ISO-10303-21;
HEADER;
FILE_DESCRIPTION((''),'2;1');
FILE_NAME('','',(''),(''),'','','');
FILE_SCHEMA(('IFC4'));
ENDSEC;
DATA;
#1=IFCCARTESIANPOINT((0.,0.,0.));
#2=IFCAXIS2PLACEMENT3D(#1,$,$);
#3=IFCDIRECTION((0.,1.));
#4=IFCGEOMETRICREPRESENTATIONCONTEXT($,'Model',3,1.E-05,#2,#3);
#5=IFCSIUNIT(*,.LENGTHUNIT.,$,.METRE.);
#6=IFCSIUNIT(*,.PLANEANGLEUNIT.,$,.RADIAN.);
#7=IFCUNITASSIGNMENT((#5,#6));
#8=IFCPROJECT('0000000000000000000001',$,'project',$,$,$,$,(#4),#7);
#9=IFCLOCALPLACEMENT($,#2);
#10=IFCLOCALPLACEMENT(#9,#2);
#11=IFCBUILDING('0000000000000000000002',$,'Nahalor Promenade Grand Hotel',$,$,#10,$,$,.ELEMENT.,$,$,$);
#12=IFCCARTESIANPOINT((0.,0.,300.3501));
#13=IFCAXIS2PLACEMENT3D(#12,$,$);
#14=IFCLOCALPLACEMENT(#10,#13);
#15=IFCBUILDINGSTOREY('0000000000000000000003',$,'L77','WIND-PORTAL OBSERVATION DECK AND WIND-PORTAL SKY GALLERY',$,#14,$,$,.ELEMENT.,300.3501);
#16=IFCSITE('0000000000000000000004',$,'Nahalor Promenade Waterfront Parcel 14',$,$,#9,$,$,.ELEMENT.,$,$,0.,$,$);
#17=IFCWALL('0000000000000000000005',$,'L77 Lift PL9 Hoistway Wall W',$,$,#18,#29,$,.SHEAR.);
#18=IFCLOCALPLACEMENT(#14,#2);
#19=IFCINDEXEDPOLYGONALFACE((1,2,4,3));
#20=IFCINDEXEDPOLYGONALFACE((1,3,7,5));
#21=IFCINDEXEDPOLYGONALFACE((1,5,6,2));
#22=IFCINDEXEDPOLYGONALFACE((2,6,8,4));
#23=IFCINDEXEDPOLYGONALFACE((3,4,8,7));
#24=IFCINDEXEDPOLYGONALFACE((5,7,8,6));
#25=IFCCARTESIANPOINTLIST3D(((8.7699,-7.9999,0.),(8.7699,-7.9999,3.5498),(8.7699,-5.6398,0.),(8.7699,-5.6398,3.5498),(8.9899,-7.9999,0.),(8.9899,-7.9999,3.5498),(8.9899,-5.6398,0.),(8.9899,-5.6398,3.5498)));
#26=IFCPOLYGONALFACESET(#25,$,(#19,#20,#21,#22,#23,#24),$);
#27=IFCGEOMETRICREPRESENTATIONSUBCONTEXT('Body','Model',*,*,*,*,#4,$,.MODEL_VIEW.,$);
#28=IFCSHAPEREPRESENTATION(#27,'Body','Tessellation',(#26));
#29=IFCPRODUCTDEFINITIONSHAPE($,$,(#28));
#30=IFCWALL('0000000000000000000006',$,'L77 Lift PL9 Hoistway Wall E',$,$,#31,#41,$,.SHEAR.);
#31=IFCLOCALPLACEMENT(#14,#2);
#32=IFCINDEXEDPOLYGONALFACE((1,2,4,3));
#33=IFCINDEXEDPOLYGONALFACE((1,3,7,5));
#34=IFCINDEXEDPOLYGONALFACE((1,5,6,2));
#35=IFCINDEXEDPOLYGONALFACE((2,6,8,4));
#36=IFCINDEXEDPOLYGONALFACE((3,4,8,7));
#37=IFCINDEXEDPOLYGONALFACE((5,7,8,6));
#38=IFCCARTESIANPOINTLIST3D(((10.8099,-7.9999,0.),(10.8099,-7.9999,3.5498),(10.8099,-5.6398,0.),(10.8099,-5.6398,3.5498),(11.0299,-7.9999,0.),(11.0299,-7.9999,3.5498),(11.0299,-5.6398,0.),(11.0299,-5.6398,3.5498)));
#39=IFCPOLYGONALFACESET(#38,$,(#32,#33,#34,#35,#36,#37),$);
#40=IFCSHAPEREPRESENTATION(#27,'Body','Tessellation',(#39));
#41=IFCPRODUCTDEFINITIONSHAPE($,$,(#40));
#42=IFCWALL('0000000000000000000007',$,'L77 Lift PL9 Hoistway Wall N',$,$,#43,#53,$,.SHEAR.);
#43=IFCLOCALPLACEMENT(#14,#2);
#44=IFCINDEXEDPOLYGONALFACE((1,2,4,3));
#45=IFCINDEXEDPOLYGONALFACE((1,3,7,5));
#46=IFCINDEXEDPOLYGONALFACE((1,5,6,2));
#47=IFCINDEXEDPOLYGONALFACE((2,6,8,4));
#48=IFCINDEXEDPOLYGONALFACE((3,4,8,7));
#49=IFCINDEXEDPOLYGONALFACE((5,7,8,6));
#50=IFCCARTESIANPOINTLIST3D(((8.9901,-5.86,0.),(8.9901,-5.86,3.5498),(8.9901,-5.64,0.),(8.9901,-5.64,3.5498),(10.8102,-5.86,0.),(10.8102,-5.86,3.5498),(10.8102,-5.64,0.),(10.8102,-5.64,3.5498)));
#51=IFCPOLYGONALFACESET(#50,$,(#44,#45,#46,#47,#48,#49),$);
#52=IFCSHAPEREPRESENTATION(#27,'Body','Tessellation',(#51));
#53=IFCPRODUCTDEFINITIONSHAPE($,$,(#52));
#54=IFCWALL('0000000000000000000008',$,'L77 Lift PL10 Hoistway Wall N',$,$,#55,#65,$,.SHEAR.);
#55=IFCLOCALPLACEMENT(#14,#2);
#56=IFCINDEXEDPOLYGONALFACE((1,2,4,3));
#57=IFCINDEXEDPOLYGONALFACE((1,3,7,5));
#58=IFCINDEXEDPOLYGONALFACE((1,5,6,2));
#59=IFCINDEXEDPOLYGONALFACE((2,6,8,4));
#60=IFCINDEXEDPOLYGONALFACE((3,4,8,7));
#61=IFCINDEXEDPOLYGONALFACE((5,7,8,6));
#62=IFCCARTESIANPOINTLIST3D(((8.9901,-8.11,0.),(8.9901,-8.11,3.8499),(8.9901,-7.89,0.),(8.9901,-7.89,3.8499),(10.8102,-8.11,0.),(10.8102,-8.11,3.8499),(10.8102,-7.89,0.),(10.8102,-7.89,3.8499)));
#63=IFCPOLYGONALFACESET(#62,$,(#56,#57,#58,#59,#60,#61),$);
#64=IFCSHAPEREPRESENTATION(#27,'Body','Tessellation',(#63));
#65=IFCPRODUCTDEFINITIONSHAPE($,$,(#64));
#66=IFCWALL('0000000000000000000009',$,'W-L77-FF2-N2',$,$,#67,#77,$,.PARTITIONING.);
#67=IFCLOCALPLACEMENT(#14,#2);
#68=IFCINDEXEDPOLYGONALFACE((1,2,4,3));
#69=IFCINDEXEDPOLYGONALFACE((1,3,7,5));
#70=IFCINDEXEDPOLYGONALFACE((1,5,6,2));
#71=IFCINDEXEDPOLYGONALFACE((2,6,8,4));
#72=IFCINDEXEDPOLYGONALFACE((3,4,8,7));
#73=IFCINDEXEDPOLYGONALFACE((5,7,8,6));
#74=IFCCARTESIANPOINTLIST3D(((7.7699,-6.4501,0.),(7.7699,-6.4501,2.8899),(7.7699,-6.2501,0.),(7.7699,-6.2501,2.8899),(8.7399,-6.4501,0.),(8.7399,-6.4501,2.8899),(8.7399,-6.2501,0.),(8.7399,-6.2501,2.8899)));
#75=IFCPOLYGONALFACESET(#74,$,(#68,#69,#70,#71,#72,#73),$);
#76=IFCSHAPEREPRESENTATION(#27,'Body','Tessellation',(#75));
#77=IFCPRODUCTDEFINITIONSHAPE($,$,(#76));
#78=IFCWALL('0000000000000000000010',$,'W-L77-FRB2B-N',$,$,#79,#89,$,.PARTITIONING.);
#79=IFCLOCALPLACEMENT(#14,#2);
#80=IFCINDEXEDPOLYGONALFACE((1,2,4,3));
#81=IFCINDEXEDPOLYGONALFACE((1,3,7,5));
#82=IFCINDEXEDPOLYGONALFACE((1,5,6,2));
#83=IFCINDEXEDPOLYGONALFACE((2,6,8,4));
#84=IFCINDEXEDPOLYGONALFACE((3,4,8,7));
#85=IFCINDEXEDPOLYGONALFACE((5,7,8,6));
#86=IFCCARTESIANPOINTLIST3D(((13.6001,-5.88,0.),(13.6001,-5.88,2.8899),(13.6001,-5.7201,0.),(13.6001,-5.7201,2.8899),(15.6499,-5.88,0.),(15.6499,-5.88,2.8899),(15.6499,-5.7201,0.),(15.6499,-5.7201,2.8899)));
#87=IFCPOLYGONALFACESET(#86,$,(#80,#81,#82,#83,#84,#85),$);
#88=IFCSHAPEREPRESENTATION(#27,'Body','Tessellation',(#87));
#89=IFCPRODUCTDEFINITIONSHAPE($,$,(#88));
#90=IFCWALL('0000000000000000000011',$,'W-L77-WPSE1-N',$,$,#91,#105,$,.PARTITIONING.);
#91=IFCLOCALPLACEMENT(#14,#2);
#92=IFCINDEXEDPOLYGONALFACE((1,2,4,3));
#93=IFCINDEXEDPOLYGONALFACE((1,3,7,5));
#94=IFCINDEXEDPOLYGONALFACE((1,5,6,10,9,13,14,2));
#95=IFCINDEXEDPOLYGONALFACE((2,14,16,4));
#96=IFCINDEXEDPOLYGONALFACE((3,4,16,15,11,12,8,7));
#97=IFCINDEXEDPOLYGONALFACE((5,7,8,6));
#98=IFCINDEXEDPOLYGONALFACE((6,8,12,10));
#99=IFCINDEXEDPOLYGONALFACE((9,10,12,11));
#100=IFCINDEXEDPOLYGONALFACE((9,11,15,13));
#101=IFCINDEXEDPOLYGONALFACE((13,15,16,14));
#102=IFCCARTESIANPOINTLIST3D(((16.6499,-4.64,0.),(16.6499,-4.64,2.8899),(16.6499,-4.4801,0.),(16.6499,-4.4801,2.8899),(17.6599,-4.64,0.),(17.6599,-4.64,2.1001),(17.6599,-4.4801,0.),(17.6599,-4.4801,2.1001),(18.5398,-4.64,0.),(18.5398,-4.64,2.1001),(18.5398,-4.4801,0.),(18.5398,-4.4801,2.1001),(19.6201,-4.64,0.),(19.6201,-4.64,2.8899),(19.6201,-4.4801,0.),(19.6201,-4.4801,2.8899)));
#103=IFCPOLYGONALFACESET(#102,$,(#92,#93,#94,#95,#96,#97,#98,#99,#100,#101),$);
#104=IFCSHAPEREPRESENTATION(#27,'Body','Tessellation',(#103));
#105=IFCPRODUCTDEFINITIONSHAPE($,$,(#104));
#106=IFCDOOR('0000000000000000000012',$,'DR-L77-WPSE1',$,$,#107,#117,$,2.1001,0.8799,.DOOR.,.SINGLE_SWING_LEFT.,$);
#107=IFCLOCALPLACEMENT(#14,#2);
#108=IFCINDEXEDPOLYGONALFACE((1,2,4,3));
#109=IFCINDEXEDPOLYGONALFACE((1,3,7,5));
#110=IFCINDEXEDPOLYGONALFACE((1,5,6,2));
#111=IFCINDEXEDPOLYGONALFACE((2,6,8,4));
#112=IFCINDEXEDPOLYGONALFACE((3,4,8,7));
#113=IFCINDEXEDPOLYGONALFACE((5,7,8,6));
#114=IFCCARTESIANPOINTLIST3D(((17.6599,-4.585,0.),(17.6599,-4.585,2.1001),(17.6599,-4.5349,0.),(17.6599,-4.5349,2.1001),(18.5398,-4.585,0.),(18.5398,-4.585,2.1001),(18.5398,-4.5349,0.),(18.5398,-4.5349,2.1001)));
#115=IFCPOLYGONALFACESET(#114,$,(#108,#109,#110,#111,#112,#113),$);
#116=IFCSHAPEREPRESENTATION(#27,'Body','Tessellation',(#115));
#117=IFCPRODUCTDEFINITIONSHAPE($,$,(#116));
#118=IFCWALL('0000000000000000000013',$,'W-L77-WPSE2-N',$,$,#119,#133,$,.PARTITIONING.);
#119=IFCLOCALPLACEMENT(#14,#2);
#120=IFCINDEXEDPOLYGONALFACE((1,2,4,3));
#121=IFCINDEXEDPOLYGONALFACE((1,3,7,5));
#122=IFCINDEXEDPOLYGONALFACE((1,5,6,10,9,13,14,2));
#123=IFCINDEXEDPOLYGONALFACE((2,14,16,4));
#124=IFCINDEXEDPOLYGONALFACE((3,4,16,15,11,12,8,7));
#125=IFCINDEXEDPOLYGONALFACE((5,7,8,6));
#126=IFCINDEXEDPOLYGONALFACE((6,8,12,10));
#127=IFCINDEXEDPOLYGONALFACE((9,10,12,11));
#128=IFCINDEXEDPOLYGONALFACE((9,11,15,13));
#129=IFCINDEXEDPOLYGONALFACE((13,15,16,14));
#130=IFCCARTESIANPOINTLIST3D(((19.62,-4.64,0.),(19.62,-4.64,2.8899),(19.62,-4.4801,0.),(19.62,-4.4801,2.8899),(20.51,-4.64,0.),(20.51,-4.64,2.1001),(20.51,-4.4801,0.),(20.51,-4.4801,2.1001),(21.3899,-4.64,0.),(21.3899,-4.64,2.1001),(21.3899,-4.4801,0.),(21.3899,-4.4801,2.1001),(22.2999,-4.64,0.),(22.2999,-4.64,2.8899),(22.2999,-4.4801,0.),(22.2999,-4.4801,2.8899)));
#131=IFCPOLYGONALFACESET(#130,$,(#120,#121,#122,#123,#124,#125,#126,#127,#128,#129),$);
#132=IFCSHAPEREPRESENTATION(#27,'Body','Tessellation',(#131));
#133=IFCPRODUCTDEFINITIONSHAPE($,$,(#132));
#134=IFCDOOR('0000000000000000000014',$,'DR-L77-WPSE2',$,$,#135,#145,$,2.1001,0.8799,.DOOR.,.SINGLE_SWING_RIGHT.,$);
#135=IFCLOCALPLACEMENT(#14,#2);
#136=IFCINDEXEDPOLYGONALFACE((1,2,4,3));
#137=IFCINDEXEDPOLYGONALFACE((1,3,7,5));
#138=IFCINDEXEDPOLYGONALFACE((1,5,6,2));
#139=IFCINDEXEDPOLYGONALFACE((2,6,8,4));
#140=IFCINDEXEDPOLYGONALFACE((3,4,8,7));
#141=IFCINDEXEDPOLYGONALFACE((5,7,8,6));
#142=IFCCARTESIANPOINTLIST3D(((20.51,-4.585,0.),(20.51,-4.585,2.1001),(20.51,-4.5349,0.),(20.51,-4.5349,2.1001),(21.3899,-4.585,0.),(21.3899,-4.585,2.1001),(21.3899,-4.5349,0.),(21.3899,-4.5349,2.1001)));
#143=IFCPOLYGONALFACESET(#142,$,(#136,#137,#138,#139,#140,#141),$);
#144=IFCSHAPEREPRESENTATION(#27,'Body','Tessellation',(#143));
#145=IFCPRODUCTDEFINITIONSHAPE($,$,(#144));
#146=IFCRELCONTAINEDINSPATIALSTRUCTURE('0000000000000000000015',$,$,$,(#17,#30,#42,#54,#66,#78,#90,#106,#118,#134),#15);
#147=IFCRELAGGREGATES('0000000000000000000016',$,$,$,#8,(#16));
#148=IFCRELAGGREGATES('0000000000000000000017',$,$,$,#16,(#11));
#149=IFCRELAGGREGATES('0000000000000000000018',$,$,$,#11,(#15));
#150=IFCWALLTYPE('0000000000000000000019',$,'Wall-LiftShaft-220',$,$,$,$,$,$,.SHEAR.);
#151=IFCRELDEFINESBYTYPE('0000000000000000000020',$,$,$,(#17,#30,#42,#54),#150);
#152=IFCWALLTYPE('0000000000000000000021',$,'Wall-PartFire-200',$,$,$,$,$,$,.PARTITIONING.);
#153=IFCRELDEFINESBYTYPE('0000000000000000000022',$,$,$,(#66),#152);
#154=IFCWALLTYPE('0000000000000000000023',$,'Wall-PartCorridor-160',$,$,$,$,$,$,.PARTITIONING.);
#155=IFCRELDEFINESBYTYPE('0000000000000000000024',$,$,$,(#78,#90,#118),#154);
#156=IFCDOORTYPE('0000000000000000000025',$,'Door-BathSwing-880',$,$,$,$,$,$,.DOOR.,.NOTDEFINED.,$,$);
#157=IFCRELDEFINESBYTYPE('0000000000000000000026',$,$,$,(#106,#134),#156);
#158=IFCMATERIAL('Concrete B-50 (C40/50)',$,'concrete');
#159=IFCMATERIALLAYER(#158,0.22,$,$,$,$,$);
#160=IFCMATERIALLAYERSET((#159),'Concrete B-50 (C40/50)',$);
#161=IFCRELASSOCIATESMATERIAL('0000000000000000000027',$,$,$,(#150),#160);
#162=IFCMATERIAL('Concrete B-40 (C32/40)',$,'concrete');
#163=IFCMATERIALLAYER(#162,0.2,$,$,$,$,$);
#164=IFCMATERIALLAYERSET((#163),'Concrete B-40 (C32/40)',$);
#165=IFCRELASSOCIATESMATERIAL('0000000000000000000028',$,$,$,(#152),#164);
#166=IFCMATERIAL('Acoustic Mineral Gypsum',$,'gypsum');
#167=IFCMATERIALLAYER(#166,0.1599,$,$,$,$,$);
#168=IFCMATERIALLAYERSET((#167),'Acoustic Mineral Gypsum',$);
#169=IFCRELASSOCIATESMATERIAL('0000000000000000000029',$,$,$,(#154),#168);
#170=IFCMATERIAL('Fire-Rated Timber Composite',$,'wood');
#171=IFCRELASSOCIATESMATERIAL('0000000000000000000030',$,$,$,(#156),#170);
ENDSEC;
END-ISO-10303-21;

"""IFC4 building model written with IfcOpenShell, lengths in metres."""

from ifc_helpers import new_model, si_unit, direction, frame, frame_2d, origin, place, context, subcontext, project, spatial, rectangle, extrude, source, transform, mapped, material, layer, layer_set, type_object, element, fill, save


model = new_model("IFC4")

# Units and contexts
model_context = context("Model", 3, precision=1e-05, world=origin(), true_north=direction((0.0, 1.0)))
body_context = subcontext(model_context, "Body", "Model", "MODEL_VIEW")
ifc_project = project(units=[si_unit("LENGTHUNIT", "METRE"), si_unit("PLANEANGLEUNIT", "RADIAN")], contexts=[model_context])

# Site, building, storey
site_placement = place(None, origin())
site = spatial("IfcSite", under=ifc_project, at=site_placement, Name="Nahalor Promenade Waterfront Parcel 14", CompositionType="ELEMENT", RefElevation=0.0)
building_placement = place(site_placement, origin())
building = spatial("IfcBuilding", under=site, at=building_placement, Name="Nahalor Promenade Grand Hotel", CompositionType="ELEMENT")
storey_placement = place(building_placement, frame((0.0, 0.0, 300.3501)))
storey = spatial("IfcBuildingStorey", under=building, at=storey_placement, Name="L77", Description="WIND-PORTAL OBSERVATION DECK AND WIND-PORTAL SKY GALLERY", CompositionType="ELEMENT", Elevation=300.3501)

# Walls
ifc_material_1 = material(Name="Concrete B-50 (C40/50)", Category="concrete")
ifc_layer_1 = layer(ifc_material_1, 0.22)
ifc_layer_set_1 = layer_set([ifc_layer_1], Name="Concrete B-50 (C40/50)")
wall_type_1 = type_object("IfcWallType", Name="Wall-LiftShaft-220", PredefinedType="SHEAR", material=ifc_layer_set_1)
shared_shape_1 = source(origin(), body_context, "Body", "SweptSolid", [
    extrude(rectangle(XDim=2.3601, YDim=0.22, at=frame_2d((1.1802, 0.0))), origin(), (0.0, 0.0, 1.0), 3.5498),
])
for number, where, z_axis, x_axis, name in (
    (1, (8.8799, -8.0, 0.0), (0.0, 0.0, 1.0), (0.0, 1.0, 0.0), "L77 Lift PL9 Hoistway Wall W"),
    (2, (10.9199, -8.0, 0.0), (0.0, 0.0, 1.0), (0.0, 1.0, 0.0), "L77 Lift PL9 Hoistway Wall E"),
):
    element("IfcWall", number, at=place(storey_placement, frame(where, z_axis=z_axis, x_axis=x_axis)), inside=storey, type_object=wall_type_1, Name=name, PredefinedType="SHEAR", context=body_context, shape_type="MappedRepresentation", body=[
        mapped(shared_shape_1, transform((0.0, 0.0, 0.0), scale=1.0)),
    ])
shared_shape_2 = source(origin(), body_context, "Body", "SweptSolid", [
    extrude(rectangle(XDim=1.8201, YDim=0.22, at=frame_2d((0.9102, 0.0))), origin(), (0.0, 0.0, 1.0), 3.5498),
])
wall_1_placement = place(storey_placement, frame((8.99, -5.75, 0.0), z_axis=(0.0, 0.0, 1.0), x_axis=(1.0, 0.0, 0.0)))
element("IfcWall", 3, at=wall_1_placement, inside=storey, type_object=wall_type_1, Name="L77 Lift PL9 Hoistway Wall N", PredefinedType="SHEAR", context=body_context, shape_type="MappedRepresentation", body=[
    mapped(shared_shape_2, transform((0.0, 0.0, 0.0), scale=1.0)),
])
shared_shape_3 = source(origin(), body_context, "Body", "SweptSolid", [
    extrude(rectangle(XDim=1.8201, YDim=0.22, at=frame_2d((0.9102, 0.0))), origin(), (0.0, 0.0, 1.0), 3.8499),
])
wall_2_placement = place(storey_placement, frame((8.99, -8.0, 0.0), z_axis=(0.0, 0.0, 1.0), x_axis=(1.0, 0.0, 0.0)))
element("IfcWall", 4, at=wall_2_placement, inside=storey, type_object=wall_type_1, Name="L77 Lift PL10 Hoistway Wall N", PredefinedType="SHEAR", context=body_context, shape_type="MappedRepresentation", body=[
    mapped(shared_shape_3, transform((0.0, 0.0, 0.0), scale=1.0)),
])
ifc_material_2 = material(Name="Concrete B-40 (C32/40)", Category="concrete")
ifc_layer_2 = layer(ifc_material_2, 0.2)
ifc_layer_set_2 = layer_set([ifc_layer_2], Name="Concrete B-40 (C32/40)")
wall_type_2 = type_object("IfcWallType", Name="Wall-PartFire-200", PredefinedType="PARTITIONING", material=ifc_layer_set_2)
shared_shape_4 = source(origin(), body_context, "Body", "SweptSolid", [
    extrude(rectangle(XDim=0.97, YDim=0.2, at=frame_2d((0.4849, 0.0))), origin(), (0.0, 0.0, 1.0), 2.8899),
])
wall_3_placement = place(storey_placement, frame((7.77, -6.3501, 0.0), z_axis=(0.0, 0.0, 1.0), x_axis=(1.0, 0.0, 0.0)))
element("IfcWall", 5, at=wall_3_placement, inside=storey, type_object=wall_type_2, Name="W-L77-FF2-N2", PredefinedType="PARTITIONING", context=body_context, shape_type="MappedRepresentation", body=[
    mapped(shared_shape_4, transform((0.0, 0.0, 0.0), scale=1.0)),
])
ifc_material_3 = material(Name="Acoustic Mineral Gypsum", Category="gypsum")
ifc_layer_3 = layer(ifc_material_3, 0.1599)
ifc_layer_set_3 = layer_set([ifc_layer_3], Name="Acoustic Mineral Gypsum")
wall_type_3 = type_object("IfcWallType", Name="Wall-PartCorridor-160", PredefinedType="PARTITIONING", material=ifc_layer_set_3)
shared_shape_5 = source(origin(), body_context, "Body", "SweptSolid", [
    extrude(rectangle(XDim=2.0498, YDim=0.1599, at=frame_2d((1.0249, 0.0))), origin(), (0.0, 0.0, 1.0), 2.8899),
])
wall_4_placement = place(storey_placement, frame((13.6001, -5.8, 0.0), z_axis=(0.0, 0.0, 1.0), x_axis=(1.0, 0.0, 0.0)))
element("IfcWall", 6, at=wall_4_placement, inside=storey, type_object=wall_type_3, Name="W-L77-FRB2B-N", PredefinedType="PARTITIONING", context=body_context, shape_type="MappedRepresentation", body=[
    mapped(shared_shape_5, transform((0.0, 0.0, 0.0), scale=1.0)),
])

# Walls, openings, doors
shared_shape_6 = source(origin(), body_context, "Body", "SweptSolid", [
    extrude(rectangle(XDim=2.9702, YDim=0.1599, at=frame_2d((1.4851, 0.0))), origin(), (0.0, 0.0, 1.0), 2.8899),
])
wall_5_placement = place(storey_placement, frame((16.6499, -4.5601, 0.0), z_axis=(0.0, 0.0, 1.0), x_axis=(1.0, 0.0, 0.0)))
wall_5 = element("IfcWall", 7, at=wall_5_placement, inside=storey, type_object=wall_type_3, Name="W-L77-WPSE1-N", PredefinedType="PARTITIONING", context=body_context, shape_type="MappedRepresentation", body=[
    mapped(shared_shape_6, transform((0.0, 0.0, 0.0), scale=1.0)),
])
opening_1_placement = place(wall_5_placement, frame((1.01, 0.0, 0.0)))
opening_1 = element("IfcOpeningElement", 8, at=opening_1_placement, cuts=wall_5, PredefinedType="OPENING", context=body_context, shape_type="SweptSolid", body=[
    extrude(rectangle(XDim=0.8799, YDim=2.1001, at=frame_2d((0.4399, 1.05))), frame((0.0, 0.0898, 0.0), z_axis=(0.0, -1.0, 0.0), x_axis=(1.0, 0.0, 0.0)), (0.0, 0.0, 1.0), 0.1799),
])
ifc_material_4 = material(Name="Fire-Rated Timber Composite", Category="wood")
door_type = type_object("IfcDoorType", Name="Door-BathSwing-880", OperationType="NOTDEFINED", PredefinedType="DOOR", material=ifc_material_4)
shared_shape_7 = source(origin(), body_context, "Body", "SweptSolid", [
    extrude(rectangle(XDim=0.8799, YDim=2.1001, at=frame_2d((0.4399, 1.05))), frame((0.0, 0.0249, 0.0), z_axis=(0.0, -1.0, 0.0), x_axis=(1.0, 0.0, 0.0)), (0.0, 0.0, 1.0), 0.05),
])
door_1_placement = place(opening_1_placement, frame((0.8799, 0.0, 0.0), z_axis=(0.0, 0.0, 1.0), x_axis=(-1.0, 0.0, 0.0)))
door_1 = element("IfcDoor", 9, at=door_1_placement, inside=storey, type_object=door_type, Name="DR-L77-WPSE1", OperationType="SINGLE_SWING_LEFT", OverallHeight=2.1001, OverallWidth=0.8799, PredefinedType="DOOR", context=body_context, shape_type="MappedRepresentation", body=[
    mapped(shared_shape_7, transform((0.0, 0.0, 0.0), scale=1.0)),
])
fill(opening_1, door_1)
shared_shape_8 = source(origin(), body_context, "Body", "SweptSolid", [
    extrude(rectangle(XDim=2.6799, YDim=0.1599, at=frame_2d((1.3398, 0.0))), origin(), (0.0, 0.0, 1.0), 2.8899),
])
wall_6_placement = place(storey_placement, frame((19.6201, -4.5601, 0.0), z_axis=(0.0, 0.0, 1.0), x_axis=(1.0, 0.0, 0.0)))
wall_6 = element("IfcWall", 10, at=wall_6_placement, inside=storey, type_object=wall_type_3, Name="W-L77-WPSE2-N", PredefinedType="PARTITIONING", context=body_context, shape_type="MappedRepresentation", body=[
    mapped(shared_shape_8, transform((0.0, 0.0, 0.0), scale=1.0)),
])
opening_2_placement = place(wall_6_placement, frame((0.8899, 0.0, 0.0)))
opening_2 = element("IfcOpeningElement", 11, at=opening_2_placement, cuts=wall_6, PredefinedType="OPENING", context=body_context, shape_type="SweptSolid", body=[
    extrude(rectangle(XDim=0.8799, YDim=2.1001, at=frame_2d((0.4399, 1.05))), frame((0.0, 0.0898, 0.0), z_axis=(0.0, -1.0, 0.0), x_axis=(1.0, 0.0, 0.0)), (0.0, 0.0, 1.0), 0.1799),
])
door_2_placement = place(opening_2_placement, frame((0.8799, 0.0, 0.0), z_axis=(0.0, 0.0, 1.0), x_axis=(-1.0, 0.0, 0.0)))
door_2 = element("IfcDoor", 12, at=door_2_placement, inside=storey, type_object=door_type, Name="DR-L77-WPSE2", OperationType="SINGLE_SWING_RIGHT", OverallHeight=2.1001, OverallWidth=0.8799, PredefinedType="DOOR", context=body_context, shape_type="MappedRepresentation", body=[
    mapped(shared_shape_7, transform((0.0, 0.0, 0.0), scale=1.0)),
])
fill(opening_2, door_2)

save(model, "model.ifc")
